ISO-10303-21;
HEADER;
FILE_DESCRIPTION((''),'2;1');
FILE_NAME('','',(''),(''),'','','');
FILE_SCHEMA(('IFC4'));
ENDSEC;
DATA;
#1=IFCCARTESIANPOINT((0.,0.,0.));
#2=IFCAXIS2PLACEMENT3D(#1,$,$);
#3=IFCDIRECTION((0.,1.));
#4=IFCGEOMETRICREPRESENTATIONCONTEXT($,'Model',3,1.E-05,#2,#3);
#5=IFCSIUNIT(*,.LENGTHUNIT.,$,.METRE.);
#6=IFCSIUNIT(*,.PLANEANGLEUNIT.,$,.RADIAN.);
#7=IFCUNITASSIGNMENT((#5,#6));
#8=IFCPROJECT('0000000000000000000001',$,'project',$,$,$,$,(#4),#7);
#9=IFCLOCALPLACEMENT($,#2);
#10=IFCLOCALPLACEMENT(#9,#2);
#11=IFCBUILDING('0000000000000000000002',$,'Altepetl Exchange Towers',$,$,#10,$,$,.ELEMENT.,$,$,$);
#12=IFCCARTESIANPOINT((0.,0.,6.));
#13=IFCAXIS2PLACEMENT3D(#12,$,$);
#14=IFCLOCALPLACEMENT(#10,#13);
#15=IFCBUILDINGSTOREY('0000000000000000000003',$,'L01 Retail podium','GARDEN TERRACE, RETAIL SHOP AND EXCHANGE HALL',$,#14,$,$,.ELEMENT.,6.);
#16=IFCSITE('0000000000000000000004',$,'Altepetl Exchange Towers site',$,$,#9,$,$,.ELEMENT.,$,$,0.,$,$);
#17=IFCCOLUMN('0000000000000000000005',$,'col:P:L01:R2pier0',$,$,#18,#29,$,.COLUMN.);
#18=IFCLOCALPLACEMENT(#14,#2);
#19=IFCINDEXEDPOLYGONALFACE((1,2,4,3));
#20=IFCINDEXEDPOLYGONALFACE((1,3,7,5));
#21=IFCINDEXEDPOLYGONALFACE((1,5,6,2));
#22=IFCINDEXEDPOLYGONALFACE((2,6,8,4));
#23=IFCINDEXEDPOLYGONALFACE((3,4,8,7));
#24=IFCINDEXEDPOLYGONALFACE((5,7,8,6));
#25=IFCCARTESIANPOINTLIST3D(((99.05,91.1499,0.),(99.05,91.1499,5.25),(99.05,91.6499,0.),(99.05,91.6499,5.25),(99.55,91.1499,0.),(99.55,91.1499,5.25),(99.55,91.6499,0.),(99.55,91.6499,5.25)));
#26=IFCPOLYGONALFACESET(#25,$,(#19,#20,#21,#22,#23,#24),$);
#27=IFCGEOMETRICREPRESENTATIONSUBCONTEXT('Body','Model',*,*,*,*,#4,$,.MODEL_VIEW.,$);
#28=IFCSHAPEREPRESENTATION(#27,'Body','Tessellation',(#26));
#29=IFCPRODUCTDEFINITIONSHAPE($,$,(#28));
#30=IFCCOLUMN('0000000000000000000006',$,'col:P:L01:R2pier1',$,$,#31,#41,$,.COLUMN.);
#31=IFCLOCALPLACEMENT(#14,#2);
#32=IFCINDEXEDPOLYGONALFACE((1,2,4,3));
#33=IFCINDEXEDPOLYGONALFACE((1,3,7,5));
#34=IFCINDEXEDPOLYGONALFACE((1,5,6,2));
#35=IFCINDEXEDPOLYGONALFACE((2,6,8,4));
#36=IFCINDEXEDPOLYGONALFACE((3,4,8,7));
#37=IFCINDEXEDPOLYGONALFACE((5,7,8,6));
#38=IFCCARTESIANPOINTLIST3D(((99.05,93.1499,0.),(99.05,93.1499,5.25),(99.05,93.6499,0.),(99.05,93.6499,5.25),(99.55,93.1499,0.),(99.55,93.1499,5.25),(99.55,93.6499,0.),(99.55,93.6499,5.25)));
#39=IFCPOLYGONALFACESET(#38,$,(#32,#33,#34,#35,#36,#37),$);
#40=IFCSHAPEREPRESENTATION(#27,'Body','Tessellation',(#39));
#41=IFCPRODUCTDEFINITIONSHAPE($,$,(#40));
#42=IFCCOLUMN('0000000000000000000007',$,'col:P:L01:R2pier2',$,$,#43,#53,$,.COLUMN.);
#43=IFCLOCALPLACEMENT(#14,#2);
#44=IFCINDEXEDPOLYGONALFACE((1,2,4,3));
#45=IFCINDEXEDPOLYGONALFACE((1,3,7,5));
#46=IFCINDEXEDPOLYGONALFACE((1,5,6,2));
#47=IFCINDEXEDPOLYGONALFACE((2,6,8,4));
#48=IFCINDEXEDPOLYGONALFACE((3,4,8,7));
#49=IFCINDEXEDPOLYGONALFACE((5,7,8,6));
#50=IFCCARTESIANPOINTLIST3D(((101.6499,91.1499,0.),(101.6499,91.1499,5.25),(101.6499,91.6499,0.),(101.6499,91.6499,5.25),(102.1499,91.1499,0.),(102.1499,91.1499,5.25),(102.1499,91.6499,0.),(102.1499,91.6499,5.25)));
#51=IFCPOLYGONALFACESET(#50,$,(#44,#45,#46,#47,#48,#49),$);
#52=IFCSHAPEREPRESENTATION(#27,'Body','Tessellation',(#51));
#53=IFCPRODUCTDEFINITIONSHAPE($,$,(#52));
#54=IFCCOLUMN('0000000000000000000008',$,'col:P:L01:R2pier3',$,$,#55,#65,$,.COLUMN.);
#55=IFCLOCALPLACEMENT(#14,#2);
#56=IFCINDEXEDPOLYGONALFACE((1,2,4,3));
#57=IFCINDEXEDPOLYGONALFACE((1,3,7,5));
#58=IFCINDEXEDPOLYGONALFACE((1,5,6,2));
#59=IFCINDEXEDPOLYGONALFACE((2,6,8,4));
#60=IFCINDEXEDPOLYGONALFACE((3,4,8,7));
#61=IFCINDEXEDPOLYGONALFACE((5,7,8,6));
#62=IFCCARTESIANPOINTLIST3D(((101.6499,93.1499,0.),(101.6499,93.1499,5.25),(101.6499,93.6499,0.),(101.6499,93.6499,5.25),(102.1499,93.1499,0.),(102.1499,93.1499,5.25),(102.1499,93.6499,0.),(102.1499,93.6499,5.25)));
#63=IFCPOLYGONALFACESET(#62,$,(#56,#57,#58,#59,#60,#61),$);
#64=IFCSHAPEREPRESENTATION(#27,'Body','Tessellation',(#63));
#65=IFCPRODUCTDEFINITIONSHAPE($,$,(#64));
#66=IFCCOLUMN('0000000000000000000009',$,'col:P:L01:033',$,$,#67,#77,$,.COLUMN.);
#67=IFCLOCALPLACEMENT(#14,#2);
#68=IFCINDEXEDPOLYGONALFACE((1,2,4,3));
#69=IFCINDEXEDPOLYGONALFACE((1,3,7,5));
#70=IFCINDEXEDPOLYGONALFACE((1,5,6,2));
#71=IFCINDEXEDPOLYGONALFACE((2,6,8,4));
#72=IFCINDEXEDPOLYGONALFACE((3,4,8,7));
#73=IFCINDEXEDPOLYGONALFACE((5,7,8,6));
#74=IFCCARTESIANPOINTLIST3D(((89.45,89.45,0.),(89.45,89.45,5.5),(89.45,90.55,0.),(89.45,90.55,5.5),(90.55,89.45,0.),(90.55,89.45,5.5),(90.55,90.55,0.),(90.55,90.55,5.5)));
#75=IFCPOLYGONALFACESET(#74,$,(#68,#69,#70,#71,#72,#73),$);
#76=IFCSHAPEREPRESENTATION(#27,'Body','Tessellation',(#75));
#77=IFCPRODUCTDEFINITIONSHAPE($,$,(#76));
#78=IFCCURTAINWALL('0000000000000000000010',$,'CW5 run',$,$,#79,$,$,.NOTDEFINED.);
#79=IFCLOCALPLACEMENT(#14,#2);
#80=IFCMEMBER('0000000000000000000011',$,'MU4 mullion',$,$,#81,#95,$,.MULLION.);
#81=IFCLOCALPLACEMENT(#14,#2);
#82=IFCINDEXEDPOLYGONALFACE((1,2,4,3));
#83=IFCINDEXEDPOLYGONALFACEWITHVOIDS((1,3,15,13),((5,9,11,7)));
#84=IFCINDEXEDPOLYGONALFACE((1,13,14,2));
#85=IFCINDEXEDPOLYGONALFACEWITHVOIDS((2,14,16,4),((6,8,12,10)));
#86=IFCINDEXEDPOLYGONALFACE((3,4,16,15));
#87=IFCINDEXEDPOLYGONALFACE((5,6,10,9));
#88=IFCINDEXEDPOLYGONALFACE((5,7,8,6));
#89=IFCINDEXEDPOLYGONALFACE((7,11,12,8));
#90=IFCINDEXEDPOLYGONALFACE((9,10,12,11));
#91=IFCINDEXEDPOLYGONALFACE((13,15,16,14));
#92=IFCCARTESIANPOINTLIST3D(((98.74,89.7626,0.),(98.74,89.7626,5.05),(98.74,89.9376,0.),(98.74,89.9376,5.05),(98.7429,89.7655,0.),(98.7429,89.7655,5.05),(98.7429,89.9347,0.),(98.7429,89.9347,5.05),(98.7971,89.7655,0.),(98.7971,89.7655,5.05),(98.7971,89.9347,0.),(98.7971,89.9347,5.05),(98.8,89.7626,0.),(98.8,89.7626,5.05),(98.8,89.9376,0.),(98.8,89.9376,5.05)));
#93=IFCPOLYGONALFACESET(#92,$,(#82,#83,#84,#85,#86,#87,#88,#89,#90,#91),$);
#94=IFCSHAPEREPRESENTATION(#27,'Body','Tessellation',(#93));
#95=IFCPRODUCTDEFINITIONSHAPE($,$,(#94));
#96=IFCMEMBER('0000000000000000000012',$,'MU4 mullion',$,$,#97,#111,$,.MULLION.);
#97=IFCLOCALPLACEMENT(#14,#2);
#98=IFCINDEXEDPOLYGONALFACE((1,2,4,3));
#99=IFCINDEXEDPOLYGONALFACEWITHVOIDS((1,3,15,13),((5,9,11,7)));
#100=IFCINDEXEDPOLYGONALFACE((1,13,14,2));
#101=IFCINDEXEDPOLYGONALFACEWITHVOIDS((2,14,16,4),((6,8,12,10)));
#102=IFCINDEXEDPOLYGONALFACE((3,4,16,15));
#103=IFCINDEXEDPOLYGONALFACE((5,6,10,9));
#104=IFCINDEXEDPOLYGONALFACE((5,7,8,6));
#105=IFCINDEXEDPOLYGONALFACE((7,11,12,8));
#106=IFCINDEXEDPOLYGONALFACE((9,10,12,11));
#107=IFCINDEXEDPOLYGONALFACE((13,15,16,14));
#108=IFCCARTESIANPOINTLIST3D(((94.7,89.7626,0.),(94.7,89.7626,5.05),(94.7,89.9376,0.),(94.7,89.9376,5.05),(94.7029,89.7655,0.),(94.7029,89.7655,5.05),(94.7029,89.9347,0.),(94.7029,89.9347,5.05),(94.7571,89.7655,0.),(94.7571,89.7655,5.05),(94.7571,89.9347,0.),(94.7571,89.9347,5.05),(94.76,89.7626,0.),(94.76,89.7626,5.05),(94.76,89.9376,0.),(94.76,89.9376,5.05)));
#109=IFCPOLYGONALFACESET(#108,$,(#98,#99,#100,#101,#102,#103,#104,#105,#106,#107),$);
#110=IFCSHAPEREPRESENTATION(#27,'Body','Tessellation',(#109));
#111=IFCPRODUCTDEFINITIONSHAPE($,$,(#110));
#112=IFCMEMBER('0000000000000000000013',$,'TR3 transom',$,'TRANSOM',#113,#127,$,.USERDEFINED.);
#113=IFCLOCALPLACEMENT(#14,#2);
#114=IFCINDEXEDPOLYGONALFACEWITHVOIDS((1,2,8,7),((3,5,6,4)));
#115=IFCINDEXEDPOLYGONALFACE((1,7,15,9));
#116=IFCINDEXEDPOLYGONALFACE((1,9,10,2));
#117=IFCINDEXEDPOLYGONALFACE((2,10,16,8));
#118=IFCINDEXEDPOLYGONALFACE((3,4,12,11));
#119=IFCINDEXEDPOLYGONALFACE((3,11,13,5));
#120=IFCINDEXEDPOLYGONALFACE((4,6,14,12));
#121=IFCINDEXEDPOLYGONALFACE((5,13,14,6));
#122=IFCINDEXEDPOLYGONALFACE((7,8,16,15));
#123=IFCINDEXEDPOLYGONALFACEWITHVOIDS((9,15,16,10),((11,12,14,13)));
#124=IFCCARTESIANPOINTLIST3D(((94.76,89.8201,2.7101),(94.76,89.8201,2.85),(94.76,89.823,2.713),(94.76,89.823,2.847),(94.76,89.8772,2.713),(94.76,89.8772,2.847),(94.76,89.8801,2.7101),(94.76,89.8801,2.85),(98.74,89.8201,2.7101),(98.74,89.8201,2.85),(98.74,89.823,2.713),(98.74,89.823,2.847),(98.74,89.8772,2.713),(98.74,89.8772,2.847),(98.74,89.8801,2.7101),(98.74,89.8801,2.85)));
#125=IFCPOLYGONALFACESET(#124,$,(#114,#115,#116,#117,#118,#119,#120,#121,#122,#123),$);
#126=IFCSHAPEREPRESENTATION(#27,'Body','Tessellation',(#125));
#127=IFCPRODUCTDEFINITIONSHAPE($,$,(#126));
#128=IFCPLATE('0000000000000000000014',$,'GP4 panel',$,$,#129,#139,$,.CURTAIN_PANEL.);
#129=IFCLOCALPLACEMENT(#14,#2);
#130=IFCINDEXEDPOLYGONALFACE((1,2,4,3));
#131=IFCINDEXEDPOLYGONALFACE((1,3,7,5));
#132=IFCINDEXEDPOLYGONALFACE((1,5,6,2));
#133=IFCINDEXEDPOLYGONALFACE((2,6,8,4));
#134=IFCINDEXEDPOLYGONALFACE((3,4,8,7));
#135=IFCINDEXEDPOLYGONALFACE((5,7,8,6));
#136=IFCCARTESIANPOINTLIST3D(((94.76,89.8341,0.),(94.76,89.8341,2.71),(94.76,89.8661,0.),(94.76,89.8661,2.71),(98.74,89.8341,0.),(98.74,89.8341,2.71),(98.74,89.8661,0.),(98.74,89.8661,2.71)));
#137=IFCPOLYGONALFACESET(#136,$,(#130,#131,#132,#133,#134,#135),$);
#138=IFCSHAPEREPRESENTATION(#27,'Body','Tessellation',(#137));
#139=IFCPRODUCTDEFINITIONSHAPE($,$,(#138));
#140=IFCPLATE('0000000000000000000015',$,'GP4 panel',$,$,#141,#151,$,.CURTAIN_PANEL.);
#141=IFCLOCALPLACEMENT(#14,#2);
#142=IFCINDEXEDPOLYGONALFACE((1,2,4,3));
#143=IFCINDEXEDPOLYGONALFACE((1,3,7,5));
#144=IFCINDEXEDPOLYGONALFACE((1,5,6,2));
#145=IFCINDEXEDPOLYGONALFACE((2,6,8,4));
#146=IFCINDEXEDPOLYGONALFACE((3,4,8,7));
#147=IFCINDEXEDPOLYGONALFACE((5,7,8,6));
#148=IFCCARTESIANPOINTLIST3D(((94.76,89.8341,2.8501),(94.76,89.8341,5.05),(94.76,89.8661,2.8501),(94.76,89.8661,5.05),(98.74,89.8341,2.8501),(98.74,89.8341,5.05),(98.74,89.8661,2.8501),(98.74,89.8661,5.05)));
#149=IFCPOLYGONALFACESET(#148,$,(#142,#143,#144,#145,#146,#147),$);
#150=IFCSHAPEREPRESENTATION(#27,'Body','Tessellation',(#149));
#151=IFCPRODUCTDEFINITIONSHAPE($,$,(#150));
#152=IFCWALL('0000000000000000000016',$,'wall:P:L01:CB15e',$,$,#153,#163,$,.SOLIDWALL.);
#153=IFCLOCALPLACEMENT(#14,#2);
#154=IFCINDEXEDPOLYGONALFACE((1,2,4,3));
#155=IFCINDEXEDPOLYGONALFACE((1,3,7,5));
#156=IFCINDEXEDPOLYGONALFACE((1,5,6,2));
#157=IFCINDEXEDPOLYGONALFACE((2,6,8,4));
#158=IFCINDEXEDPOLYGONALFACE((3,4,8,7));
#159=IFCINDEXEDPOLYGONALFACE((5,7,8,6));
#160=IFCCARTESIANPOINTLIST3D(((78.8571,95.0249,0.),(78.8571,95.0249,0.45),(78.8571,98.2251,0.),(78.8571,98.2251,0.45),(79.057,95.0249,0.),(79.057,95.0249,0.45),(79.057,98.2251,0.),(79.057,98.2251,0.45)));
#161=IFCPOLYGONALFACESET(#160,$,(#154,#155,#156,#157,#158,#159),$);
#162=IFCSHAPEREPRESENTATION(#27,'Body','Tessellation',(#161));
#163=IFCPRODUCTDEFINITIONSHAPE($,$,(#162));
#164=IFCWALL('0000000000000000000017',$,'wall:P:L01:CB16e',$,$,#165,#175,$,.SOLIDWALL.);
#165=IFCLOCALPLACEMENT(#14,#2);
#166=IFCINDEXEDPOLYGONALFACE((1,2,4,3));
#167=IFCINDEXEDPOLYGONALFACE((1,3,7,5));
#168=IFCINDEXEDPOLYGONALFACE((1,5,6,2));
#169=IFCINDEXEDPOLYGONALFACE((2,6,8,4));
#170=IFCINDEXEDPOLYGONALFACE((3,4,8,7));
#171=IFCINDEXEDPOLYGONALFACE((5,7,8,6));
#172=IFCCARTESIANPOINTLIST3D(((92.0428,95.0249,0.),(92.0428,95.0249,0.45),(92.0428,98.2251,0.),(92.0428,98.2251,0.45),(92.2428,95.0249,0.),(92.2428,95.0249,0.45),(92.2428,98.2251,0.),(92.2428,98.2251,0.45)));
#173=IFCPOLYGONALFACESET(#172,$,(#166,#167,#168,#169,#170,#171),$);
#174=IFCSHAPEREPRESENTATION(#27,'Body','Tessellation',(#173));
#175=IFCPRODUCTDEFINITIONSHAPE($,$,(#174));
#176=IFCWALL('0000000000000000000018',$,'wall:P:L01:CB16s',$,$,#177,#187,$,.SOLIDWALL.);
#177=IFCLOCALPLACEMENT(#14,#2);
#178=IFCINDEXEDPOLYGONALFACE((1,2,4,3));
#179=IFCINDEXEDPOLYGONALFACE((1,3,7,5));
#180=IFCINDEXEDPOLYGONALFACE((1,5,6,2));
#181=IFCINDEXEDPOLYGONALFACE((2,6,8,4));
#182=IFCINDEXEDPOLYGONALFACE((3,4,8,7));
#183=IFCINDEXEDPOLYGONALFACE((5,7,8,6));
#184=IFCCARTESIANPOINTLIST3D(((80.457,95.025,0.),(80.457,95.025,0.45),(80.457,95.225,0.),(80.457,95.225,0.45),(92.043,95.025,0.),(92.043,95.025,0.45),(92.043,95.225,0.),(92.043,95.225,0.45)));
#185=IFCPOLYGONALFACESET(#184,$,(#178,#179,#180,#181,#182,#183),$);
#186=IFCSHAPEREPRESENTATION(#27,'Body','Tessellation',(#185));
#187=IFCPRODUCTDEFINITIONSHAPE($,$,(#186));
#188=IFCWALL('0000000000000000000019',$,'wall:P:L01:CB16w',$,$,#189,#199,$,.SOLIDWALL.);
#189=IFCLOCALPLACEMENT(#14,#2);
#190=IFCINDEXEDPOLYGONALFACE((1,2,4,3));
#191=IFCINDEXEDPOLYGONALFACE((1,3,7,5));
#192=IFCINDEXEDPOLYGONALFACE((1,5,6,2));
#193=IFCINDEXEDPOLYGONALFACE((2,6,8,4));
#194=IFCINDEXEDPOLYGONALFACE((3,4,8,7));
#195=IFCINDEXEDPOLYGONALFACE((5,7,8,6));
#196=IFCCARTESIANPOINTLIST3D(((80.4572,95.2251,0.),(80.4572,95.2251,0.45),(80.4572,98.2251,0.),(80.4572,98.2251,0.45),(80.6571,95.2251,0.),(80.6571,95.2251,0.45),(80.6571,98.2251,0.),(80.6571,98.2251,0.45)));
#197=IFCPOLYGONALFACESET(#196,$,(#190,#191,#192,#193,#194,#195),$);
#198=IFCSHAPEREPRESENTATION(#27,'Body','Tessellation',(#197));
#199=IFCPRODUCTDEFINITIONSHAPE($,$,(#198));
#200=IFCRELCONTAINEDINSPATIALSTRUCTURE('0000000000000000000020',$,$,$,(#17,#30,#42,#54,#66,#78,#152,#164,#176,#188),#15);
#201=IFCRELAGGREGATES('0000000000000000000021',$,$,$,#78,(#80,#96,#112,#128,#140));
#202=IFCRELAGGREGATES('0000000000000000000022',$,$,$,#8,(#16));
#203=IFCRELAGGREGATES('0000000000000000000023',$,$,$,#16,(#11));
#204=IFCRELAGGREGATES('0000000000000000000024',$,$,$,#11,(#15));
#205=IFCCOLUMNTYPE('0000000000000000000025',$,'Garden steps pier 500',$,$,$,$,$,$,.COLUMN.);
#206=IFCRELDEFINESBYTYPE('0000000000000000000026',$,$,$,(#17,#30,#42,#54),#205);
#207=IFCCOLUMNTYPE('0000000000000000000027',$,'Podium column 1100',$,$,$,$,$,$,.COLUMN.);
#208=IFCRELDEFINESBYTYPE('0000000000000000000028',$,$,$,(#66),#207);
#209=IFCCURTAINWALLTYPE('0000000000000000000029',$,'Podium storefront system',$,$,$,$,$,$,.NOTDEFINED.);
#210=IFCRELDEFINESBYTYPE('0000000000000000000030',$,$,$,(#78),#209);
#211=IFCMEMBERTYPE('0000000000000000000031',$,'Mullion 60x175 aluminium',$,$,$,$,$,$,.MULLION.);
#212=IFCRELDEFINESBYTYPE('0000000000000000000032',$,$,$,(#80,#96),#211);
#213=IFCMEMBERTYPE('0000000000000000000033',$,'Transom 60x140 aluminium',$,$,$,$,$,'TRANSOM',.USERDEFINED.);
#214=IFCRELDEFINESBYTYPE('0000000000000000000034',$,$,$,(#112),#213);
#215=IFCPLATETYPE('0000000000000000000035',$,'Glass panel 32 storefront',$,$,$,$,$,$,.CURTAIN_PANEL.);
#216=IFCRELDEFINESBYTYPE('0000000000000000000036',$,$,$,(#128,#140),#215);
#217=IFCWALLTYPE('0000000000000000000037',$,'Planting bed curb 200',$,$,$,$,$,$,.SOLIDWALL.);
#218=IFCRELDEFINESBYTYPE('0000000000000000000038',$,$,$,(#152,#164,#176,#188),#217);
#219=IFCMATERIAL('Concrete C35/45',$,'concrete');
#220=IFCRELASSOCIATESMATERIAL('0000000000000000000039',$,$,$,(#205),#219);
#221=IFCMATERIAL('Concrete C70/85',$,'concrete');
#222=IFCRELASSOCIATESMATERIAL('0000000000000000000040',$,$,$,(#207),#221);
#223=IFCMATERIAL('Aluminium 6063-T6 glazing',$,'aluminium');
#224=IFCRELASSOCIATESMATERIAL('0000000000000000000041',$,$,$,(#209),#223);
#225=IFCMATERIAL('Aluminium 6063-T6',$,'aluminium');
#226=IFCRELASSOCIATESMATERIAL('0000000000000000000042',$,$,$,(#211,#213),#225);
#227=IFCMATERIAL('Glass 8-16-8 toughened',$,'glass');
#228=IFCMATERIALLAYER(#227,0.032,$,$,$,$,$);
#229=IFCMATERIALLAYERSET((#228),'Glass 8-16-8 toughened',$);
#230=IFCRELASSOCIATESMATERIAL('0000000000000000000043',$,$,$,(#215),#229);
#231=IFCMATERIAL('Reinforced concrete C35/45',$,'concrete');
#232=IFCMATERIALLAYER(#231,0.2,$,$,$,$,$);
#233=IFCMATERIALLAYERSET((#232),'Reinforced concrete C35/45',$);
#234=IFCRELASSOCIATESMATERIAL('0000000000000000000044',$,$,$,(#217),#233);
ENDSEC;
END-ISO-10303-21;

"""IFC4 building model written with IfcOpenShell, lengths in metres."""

from ifc_helpers import new_model, si_unit, direction, frame, frame_2d, origin, origin_2d, place, context, subcontext, project, spatial, rectangle, hollow_rectangle, extrude, material, layer, layer_set, material_profile, profile_set, type_object, element, aggregate, save


model = new_model("IFC4")

# Units and contexts
model_context = context("Model", 3, precision=1e-05, world=origin(), true_north=direction((0.0, 1.0)))
body_context = subcontext(model_context, "Body", "Model", "MODEL_VIEW")
ifc_project = project(units=[si_unit("LENGTHUNIT", "METRE"), si_unit("PLANEANGLEUNIT", "RADIAN")], contexts=[model_context])

# Site, building, storey
site_placement = place(None, origin())
site = spatial("IfcSite", under=ifc_project, at=site_placement, Name="Altepetl Exchange Towers site", CompositionType="ELEMENT", RefElevation=0.0)
building_placement = place(site_placement, origin())
building = spatial("IfcBuilding", under=site, at=building_placement, Name="Altepetl Exchange Towers", CompositionType="ELEMENT")
storey_placement = place(building_placement, frame((0.0, 0.0, 6.0)))
storey = spatial("IfcBuildingStorey", under=building, at=storey_placement, Name="L01 Retail podium", Description="GARDEN TERRACE, RETAIL SHOP AND EXCHANGE HALL", CompositionType="ELEMENT", Elevation=6.0)

# Columns
ifc_material_1 = material(Name="Concrete C35/45", Category="concrete")
ifc_material_profile_1 = material_profile(ifc_material_1, rectangle(XDim=0.5, YDim=0.5, at=origin_2d()), Name="500 x 500")
ifc_profile_set_1 = profile_set([ifc_material_profile_1], Name="Concrete C35/45")
column_type_1 = type_object("IfcColumnType", Name="Garden steps pier 500", PredefinedType="COLUMN", material=ifc_profile_set_1)
for number, where, name in (
    (1, (99.3, 91.3999, 0.0), "col:P:L01:R2pier0"),
    (2, (99.3, 93.3999, 0.0), "col:P:L01:R2pier1"),
    (3, (101.8999, 91.3999, 0.0), "col:P:L01:R2pier2"),
    (4, (101.8999, 93.3999, 0.0), "col:P:L01:R2pier3"),
):
    element("IfcColumn", number, at=place(storey_placement, frame(where)), inside=storey, type_object=column_type_1, Name=name, PredefinedType="COLUMN", context=body_context, shape_type="SweptSolid", body=[
        extrude(rectangle(XDim=0.5, YDim=0.5, at=origin_2d()), origin(), (0.0, 0.0, 1.0), 5.25),
    ])
ifc_material_2 = material(Name="Concrete C70/85", Category="concrete")
ifc_material_profile_2 = material_profile(ifc_material_2, rectangle(XDim=1.1001, YDim=1.1001, at=origin_2d()), Name="1100 x 1100")
ifc_profile_set_2 = profile_set([ifc_material_profile_2], Name="Concrete C70/85")
column_type_2 = type_object("IfcColumnType", Name="Podium column 1100", PredefinedType="COLUMN", material=ifc_profile_set_2)
column_placement = place(storey_placement, frame((90.0, 90.0, 0.0)))
element("IfcColumn", 5, at=column_placement, inside=storey, type_object=column_type_2, Name="col:P:L01:033", PredefinedType="COLUMN", context=body_context, shape_type="SweptSolid", body=[
    extrude(rectangle(XDim=1.1001, YDim=1.1001, at=origin_2d()), origin(), (0.0, 0.0, 1.0), 5.5),
])

# Curtain wall, members, plates
ifc_material_3 = material(Name="Aluminium 6063-T6 glazing", Category="aluminium")
curtain_wall_type = type_object("IfcCurtainWallType", Name="Podium storefront system", PredefinedType="NOTDEFINED", material=ifc_material_3)
curtain_wall_placement = place(storey_placement, origin())
curtain_wall = element("IfcCurtainWall", 6, at=curtain_wall_placement, inside=storey, type_object=curtain_wall_type, Name="CW5 run", PredefinedType="NOTDEFINED")
ifc_material_4 = material(Name="Aluminium 6063-T6", Category="aluminium")
ifc_material_profile_3 = material_profile(ifc_material_4, hollow_rectangle(XDim=0.0601, YDim=0.175, WallThickness=0.0029, at=origin_2d()), Name="Mullion 60x175 aluminium")
ifc_profile_set_3 = profile_set([ifc_material_profile_3], Name="Aluminium 6063-T6")
member_type_1 = type_object("IfcMemberType", Name="Mullion 60x175 aluminium", PredefinedType="MULLION", material=ifc_profile_set_3)
member_1_placement = place(storey_placement, frame((98.77, 89.8501, 0.0), z_axis=(0.0, 0.0, 1.0), x_axis=(-1.0, 0.0, 0.0)))
member_1 = element("IfcMember", 7, at=member_1_placement, type_object=member_type_1, Name="MU4 mullion", PredefinedType="MULLION", context=body_context, shape_type="SweptSolid", body=[
    extrude(hollow_rectangle(XDim=0.0601, YDim=0.175, WallThickness=0.0029, at=origin_2d()), origin(), (0.0, 0.0, 1.0), 5.05),
])
member_2_placement = place(storey_placement, frame((94.73, 89.8501, 0.0), z_axis=(0.0, 0.0, 1.0), x_axis=(-1.0, 0.0, 0.0)))
member_2 = element("IfcMember", 8, at=member_2_placement, type_object=member_type_1, Name="MU4 mullion", PredefinedType="MULLION", context=body_context, shape_type="SweptSolid", body=[
    extrude(hollow_rectangle(XDim=0.0601, YDim=0.175, WallThickness=0.0029, at=origin_2d()), origin(), (0.0, 0.0, 1.0), 5.05),
])
ifc_material_profile_4 = material_profile(ifc_material_4, hollow_rectangle(XDim=0.0601, YDim=0.1399, WallThickness=0.0029, at=origin_2d()), Name="Transom 60x140 aluminium")
ifc_profile_set_4 = profile_set([ifc_material_profile_4], Name="Aluminium 6063-T6")
member_type_2 = type_object("IfcMemberType", Name="Transom 60x140 aluminium", ElementType="TRANSOM", PredefinedType="USERDEFINED", material=ifc_profile_set_4)
member_3_placement = place(storey_placement, frame((98.74, 89.8501, 2.78), z_axis=(-1.0, 0.0, 0.0), x_axis=(0.0, -1.0, 0.0)))
member_3 = element("IfcMember", 9, at=member_3_placement, type_object=member_type_2, Name="TR3 transom", ObjectType="TRANSOM", PredefinedType="USERDEFINED", context=body_context, shape_type="SweptSolid", body=[
    extrude(hollow_rectangle(XDim=0.0601, YDim=0.1399, WallThickness=0.0029, at=origin_2d()), origin(), (0.0, 0.0, 1.0), 3.98),
])
ifc_material_5 = material(Name="Glass 8-16-8 toughened", Category="glass")
ifc_layer_1 = layer(ifc_material_5, 0.032)
ifc_layer_set_1 = layer_set([ifc_layer_1], Name="Glass 8-16-8 toughened")
plate_type = type_object("IfcPlateType", Name="Glass panel 32 storefront", PredefinedType="CURTAIN_PANEL", material=ifc_layer_set_1)
plate_1_placement = place(storey_placement, frame((96.75, 89.8501, 0.0), z_axis=(0.0, 0.0, 1.0), x_axis=(-1.0, 0.0, 0.0)))
plate_1 = element("IfcPlate", 10, at=plate_1_placement, type_object=plate_type, Name="GP4 panel", PredefinedType="CURTAIN_PANEL", context=body_context, shape_type="SweptSolid", body=[
    extrude(rectangle(XDim=3.98, YDim=0.032, at=origin_2d()), origin(), (0.0, 0.0, 1.0), 2.71),
])
plate_2_placement = place(storey_placement, frame((96.75, 89.8501, 2.8501), z_axis=(0.0, 0.0, 1.0), x_axis=(-1.0, 0.0, 0.0)))
plate_2 = element("IfcPlate", 11, at=plate_2_placement, type_object=plate_type, Name="GP4 panel", PredefinedType="CURTAIN_PANEL", context=body_context, shape_type="SweptSolid", body=[
    extrude(rectangle(XDim=3.98, YDim=0.032, at=origin_2d()), origin(), (0.0, 0.0, 1.0), 2.2),
])
aggregate(curtain_wall, [member_1, member_2, member_3, plate_1, plate_2])

# Walls
ifc_material_6 = material(Name="Reinforced concrete C35/45", Category="concrete")
ifc_layer_2 = layer(ifc_material_6, 0.2)
ifc_layer_set_2 = layer_set([ifc_layer_2], Name="Reinforced concrete C35/45")
wall_type_1 = type_object("IfcWallType", Name="Planting bed curb 200", PredefinedType="SOLIDWALL", material=ifc_layer_set_2)
for number, where, z_axis, x_axis, name in (
    (12, (78.957, 95.0249, 0.0), (0.0, 0.0, 1.0), (0.0, 1.0, 0.0), "wall:P:L01:CB15e"),
    (13, (92.1428, 95.0249, 0.0), (0.0, 0.0, 1.0), (0.0, 1.0, 0.0), "wall:P:L01:CB16e"),
):
    element("IfcWall", number, at=place(storey_placement, frame(where, z_axis=z_axis, x_axis=x_axis)), inside=storey, type_object=wall_type_1, Name=name, PredefinedType="SOLIDWALL", context=body_context, shape_type="SweptSolid", body=[
        extrude(rectangle(XDim=3.2002, YDim=0.2, at=frame_2d((1.6001, 0.0))), origin(), (0.0, 0.0, 1.0), 0.45),
    ])
wall_1_placement = place(storey_placement, frame((80.457, 95.125, 0.0)))
element("IfcWall", 14, at=wall_1_placement, inside=storey, type_object=wall_type_1, Name="wall:P:L01:CB16s", PredefinedType="SOLIDWALL", context=body_context, shape_type="SweptSolid", body=[
    extrude(rectangle(XDim=11.5859, YDim=0.2, at=frame_2d((5.793, 0.0))), origin(), (0.0, 0.0, 1.0), 0.45),
])
wall_2_placement = place(storey_placement, frame((80.5571, 95.2251, 0.0), z_axis=(0.0, 0.0, 1.0), x_axis=(0.0, 1.0, 0.0)))
element("IfcWall", 15, at=wall_2_placement, inside=storey, type_object=wall_type_1, Name="wall:P:L01:CB16w", PredefinedType="SOLIDWALL", context=body_context, shape_type="SweptSolid", body=[
    extrude(rectangle(XDim=3.0, YDim=0.2, at=frame_2d((1.5, 0.0))), origin(), (0.0, 0.0, 1.0), 0.45),
])

save(model, "model.ifc")
